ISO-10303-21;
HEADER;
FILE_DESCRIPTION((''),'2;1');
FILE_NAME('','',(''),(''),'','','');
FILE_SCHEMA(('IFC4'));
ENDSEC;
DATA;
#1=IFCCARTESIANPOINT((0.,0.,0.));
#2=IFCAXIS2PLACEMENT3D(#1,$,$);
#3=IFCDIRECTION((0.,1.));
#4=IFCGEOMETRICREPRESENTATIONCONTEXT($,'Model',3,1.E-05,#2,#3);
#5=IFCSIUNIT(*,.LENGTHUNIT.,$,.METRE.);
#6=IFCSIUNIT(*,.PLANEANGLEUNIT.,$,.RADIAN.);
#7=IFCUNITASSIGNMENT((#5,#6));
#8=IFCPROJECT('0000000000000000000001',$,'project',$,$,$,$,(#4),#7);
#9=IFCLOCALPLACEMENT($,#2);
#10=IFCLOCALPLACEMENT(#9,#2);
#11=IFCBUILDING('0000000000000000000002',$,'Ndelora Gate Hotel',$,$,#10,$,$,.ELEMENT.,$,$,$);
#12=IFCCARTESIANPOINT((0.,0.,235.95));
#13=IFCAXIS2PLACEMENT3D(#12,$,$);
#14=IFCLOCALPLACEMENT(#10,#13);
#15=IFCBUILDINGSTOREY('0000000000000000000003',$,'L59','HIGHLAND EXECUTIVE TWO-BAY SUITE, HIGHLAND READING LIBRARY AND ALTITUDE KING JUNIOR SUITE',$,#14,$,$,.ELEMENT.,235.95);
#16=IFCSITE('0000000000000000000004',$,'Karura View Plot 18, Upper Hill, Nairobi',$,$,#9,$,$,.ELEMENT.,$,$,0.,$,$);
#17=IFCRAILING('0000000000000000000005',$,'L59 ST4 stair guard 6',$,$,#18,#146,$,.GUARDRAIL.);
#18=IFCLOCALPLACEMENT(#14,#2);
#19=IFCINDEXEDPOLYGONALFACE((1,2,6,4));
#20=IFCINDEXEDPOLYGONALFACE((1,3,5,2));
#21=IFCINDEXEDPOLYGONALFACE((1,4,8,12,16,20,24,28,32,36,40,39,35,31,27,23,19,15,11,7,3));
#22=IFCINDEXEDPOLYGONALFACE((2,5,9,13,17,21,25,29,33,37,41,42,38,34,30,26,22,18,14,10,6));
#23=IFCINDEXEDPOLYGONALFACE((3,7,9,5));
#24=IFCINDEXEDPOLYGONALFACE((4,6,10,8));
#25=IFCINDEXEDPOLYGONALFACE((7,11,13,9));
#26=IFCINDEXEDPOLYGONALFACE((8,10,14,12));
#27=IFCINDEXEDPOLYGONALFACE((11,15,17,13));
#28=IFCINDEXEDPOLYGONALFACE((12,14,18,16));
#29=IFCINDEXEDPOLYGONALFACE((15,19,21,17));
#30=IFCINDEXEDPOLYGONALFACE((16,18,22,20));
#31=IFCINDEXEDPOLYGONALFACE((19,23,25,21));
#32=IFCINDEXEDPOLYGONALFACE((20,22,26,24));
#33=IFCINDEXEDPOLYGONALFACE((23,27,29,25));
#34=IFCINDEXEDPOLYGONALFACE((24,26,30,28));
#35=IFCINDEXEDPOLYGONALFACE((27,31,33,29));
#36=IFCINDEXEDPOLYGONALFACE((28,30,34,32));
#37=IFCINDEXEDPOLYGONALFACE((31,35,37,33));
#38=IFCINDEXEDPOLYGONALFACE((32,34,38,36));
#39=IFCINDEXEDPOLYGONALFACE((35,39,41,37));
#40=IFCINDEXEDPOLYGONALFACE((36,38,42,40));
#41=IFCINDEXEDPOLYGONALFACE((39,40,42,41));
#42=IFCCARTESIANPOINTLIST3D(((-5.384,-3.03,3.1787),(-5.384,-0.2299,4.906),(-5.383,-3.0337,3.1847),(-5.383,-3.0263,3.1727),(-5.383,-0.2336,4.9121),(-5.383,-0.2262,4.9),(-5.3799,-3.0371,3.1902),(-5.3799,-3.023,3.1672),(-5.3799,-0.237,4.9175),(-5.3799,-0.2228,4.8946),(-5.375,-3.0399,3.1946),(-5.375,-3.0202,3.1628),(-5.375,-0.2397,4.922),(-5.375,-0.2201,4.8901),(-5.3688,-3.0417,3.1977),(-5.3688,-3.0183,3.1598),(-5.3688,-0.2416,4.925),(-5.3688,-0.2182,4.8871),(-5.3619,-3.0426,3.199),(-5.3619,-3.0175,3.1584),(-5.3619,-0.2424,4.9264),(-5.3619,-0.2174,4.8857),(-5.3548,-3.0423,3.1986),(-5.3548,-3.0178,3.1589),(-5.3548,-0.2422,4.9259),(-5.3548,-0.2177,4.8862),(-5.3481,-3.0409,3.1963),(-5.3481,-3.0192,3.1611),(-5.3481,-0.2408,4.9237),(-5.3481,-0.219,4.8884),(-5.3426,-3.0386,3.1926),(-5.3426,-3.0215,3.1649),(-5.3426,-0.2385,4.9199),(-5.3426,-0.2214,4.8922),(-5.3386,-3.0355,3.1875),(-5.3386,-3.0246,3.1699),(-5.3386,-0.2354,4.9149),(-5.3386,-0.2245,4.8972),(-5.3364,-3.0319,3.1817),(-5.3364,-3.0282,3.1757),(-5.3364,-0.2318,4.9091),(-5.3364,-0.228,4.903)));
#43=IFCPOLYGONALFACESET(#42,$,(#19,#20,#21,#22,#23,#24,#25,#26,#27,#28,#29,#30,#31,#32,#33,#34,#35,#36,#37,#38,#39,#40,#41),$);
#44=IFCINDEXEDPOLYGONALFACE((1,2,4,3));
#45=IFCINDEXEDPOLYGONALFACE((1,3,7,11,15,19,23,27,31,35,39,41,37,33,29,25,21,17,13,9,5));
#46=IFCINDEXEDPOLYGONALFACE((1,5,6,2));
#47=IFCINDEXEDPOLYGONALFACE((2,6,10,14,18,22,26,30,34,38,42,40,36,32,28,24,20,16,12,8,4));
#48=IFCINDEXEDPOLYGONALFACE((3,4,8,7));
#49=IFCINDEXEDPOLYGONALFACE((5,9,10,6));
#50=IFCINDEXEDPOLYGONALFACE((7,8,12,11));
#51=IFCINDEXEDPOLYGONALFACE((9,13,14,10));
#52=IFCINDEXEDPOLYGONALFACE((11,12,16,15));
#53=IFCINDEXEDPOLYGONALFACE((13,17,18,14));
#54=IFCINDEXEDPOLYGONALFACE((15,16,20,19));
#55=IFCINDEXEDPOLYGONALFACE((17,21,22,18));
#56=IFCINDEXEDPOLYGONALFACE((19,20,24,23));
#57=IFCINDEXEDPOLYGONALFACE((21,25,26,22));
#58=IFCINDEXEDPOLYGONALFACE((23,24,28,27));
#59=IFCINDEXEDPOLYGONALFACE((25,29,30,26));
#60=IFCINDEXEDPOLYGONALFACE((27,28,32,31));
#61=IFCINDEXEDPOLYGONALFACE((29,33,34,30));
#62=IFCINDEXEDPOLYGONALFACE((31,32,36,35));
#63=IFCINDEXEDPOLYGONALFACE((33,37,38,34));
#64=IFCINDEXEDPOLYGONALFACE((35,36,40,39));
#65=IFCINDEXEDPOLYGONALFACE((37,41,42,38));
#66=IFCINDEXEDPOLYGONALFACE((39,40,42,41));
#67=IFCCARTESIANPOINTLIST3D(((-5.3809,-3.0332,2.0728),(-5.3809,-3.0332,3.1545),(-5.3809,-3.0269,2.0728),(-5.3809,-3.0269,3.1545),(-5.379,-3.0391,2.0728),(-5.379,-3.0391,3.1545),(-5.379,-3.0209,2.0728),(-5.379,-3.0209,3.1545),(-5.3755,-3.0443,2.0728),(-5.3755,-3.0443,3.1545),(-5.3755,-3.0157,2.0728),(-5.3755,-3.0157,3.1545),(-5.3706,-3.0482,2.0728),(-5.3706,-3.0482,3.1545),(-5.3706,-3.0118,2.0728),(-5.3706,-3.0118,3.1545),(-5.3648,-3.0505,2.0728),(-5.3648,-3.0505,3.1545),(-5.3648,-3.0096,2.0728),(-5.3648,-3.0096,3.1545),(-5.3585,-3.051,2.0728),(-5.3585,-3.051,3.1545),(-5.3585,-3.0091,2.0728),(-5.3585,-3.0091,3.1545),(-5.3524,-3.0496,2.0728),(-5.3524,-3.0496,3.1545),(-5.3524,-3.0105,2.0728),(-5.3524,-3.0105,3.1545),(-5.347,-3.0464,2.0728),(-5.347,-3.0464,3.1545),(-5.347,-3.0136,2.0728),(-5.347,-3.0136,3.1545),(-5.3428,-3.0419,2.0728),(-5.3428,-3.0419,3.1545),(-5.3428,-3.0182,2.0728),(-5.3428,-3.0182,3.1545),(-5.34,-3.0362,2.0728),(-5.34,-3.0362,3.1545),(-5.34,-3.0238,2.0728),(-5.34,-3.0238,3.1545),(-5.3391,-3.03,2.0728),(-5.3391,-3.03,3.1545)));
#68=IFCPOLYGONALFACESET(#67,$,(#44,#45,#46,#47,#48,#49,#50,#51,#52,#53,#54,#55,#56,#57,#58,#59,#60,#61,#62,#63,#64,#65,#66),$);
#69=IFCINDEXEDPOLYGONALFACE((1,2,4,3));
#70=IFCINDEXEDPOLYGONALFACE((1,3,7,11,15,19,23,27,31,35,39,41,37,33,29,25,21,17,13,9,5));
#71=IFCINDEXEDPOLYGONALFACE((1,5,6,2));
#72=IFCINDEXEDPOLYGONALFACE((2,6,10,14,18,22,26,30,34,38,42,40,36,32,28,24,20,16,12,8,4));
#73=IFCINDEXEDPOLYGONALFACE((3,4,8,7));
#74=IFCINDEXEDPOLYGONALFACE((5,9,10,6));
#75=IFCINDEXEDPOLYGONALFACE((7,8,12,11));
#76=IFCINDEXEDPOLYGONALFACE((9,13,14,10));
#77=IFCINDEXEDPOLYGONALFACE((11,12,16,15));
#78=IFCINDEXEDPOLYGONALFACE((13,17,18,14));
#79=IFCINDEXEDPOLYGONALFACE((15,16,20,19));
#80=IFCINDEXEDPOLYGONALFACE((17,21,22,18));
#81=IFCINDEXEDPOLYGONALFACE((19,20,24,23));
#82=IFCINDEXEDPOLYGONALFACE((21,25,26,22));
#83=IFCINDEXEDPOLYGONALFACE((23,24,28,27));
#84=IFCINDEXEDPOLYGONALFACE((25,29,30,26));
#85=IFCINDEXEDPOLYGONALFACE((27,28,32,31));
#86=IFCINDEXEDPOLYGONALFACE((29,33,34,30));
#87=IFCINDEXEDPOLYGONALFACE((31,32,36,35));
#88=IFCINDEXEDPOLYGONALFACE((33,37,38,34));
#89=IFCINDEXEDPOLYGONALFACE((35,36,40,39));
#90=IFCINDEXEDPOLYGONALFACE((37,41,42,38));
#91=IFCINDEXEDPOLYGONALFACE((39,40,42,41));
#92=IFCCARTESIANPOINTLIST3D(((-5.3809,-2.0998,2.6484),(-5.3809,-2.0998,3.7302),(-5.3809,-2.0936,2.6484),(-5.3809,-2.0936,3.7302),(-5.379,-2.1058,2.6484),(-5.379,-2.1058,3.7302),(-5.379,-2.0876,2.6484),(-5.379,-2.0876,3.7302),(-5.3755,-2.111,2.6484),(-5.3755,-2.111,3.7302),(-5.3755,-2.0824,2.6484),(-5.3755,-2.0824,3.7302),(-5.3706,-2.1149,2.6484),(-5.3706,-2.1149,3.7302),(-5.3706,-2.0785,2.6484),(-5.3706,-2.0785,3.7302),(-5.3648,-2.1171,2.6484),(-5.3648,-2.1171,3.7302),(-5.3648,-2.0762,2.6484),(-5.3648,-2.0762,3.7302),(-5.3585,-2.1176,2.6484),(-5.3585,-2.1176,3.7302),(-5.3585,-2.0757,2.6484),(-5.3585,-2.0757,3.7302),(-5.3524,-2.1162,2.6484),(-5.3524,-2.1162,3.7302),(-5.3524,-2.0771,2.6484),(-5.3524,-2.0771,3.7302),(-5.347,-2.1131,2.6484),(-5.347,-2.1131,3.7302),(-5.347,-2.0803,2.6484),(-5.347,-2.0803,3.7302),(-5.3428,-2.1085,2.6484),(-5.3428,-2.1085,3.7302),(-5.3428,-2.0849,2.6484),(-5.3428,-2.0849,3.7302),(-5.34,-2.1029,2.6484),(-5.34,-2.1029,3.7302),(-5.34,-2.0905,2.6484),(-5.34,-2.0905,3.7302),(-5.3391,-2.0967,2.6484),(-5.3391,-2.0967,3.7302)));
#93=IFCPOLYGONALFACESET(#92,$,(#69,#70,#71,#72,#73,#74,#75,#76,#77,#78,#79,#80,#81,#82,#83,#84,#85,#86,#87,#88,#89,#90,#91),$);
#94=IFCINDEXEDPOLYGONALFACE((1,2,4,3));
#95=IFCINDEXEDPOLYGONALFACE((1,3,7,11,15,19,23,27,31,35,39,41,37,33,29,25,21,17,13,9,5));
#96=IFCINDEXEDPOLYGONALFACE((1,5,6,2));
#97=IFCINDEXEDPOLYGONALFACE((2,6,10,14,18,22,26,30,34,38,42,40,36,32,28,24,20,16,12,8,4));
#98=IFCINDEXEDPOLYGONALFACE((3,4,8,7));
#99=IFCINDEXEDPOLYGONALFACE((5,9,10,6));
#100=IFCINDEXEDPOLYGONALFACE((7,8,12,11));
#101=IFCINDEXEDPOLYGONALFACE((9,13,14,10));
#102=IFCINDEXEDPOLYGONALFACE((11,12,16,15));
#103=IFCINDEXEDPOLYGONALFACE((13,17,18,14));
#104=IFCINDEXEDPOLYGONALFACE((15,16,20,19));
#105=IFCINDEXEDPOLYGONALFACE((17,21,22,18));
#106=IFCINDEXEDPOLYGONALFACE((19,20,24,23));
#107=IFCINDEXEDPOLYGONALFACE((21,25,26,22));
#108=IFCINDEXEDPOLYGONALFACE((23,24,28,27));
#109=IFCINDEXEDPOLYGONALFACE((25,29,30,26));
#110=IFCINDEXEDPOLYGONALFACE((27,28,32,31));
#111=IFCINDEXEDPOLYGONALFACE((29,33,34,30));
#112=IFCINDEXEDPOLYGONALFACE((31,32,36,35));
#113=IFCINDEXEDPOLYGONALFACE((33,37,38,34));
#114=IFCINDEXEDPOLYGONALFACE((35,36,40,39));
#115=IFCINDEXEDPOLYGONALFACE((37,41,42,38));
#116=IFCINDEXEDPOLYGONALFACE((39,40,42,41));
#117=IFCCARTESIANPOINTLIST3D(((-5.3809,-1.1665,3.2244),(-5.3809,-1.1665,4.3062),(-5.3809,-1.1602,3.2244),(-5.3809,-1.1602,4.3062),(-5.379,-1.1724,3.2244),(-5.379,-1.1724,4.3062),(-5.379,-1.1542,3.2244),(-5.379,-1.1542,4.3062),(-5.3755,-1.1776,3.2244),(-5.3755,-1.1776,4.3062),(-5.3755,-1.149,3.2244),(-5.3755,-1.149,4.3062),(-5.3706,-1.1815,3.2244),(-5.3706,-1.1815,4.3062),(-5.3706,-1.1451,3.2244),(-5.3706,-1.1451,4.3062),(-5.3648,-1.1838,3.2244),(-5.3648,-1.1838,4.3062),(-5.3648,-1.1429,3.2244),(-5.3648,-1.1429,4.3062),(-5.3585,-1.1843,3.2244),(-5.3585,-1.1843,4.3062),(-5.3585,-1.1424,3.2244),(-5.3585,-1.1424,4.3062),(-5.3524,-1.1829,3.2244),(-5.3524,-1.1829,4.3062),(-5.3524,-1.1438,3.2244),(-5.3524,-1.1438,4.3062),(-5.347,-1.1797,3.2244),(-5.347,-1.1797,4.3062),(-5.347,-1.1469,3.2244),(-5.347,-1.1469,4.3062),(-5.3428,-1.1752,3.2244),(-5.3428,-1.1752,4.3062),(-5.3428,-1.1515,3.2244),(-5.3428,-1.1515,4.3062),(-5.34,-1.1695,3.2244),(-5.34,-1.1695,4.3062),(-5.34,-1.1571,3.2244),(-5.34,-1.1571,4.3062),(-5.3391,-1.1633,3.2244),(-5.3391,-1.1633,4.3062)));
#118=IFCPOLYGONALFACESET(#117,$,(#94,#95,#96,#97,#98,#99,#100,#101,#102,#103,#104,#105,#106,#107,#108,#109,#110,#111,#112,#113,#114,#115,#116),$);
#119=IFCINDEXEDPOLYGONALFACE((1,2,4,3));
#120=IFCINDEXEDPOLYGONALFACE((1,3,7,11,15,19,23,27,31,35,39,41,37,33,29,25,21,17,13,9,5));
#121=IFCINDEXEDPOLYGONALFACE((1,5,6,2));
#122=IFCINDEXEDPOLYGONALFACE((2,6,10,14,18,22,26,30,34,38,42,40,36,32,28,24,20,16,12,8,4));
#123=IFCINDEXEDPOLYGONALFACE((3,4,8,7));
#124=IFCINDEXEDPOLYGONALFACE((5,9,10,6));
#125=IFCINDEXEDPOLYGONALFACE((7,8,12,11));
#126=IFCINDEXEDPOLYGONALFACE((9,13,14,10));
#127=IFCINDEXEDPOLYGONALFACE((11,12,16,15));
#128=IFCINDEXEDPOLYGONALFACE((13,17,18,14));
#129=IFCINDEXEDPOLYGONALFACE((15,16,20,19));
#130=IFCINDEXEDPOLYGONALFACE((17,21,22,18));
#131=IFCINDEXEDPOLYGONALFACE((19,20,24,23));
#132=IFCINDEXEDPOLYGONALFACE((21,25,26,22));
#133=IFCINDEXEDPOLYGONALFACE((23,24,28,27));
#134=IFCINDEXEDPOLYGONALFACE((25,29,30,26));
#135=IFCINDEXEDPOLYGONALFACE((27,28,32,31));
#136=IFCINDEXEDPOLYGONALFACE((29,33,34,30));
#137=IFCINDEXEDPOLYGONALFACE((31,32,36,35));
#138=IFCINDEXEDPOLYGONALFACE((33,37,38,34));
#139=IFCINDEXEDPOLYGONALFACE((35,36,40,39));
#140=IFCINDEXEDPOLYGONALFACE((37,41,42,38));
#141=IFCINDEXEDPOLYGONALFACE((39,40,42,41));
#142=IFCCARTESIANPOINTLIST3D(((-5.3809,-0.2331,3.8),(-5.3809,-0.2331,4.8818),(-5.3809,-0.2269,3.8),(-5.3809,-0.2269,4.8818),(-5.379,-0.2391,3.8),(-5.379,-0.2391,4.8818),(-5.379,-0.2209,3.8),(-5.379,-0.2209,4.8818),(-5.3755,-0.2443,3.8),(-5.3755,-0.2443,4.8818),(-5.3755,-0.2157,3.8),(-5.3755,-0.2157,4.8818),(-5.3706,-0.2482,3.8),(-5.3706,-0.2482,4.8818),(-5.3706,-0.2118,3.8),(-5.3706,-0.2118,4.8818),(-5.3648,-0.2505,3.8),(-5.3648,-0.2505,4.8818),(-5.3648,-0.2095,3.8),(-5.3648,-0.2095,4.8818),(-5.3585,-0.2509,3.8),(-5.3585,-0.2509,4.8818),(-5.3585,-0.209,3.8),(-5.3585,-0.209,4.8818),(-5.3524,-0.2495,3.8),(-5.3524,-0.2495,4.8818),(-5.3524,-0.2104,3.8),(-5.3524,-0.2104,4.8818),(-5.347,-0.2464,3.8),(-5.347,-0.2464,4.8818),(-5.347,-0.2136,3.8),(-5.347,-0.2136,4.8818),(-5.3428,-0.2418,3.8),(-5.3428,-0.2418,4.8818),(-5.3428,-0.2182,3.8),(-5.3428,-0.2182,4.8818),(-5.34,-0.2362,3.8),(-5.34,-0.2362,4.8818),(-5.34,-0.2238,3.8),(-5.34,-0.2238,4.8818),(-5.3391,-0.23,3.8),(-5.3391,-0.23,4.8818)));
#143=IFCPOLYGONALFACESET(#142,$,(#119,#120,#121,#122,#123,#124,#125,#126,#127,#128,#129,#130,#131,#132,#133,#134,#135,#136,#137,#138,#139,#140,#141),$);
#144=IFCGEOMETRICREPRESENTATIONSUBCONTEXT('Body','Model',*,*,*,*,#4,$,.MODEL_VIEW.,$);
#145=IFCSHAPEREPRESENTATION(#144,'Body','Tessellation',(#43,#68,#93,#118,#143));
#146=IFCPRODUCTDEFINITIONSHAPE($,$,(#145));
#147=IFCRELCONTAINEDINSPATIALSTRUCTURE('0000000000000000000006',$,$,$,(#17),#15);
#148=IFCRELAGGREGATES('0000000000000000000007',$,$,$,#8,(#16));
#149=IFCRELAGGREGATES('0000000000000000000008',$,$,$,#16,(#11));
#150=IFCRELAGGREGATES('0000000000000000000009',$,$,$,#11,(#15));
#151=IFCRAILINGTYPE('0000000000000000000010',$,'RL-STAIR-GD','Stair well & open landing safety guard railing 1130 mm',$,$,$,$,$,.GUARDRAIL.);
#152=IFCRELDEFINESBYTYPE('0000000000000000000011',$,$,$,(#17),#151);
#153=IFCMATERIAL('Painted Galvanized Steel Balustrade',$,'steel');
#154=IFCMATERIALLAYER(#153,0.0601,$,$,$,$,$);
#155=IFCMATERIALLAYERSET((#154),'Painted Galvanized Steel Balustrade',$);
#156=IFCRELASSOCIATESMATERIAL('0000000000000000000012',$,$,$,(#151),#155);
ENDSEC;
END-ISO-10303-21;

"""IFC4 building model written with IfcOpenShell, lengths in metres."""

from ifc_helpers import new_model, si_unit, direction, frame, origin, origin_2d, place, context, subcontext, project, spatial, circle, extrude, material, layer, layer_set, type_object, element, save


model = new_model("IFC4")

# Units and contexts
model_context = context("Model", 3, precision=1e-05, world=origin(), true_north=direction((0.0, 1.0)))
body_context = subcontext(model_context, "Body", "Model", "MODEL_VIEW")
ifc_project = project(units=[si_unit("LENGTHUNIT", "METRE"), si_unit("PLANEANGLEUNIT", "RADIAN")], contexts=[model_context])

# Site, building, storey
site_placement = place(None, origin())
site = spatial("IfcSite", under=ifc_project, at=site_placement, Name="Karura View Plot 18, Upper Hill, Nairobi", CompositionType="ELEMENT", RefElevation=0.0)
building_placement = place(site_placement, origin())
building = spatial("IfcBuilding", under=site, at=building_placement, Name="Ndelora Gate Hotel", CompositionType="ELEMENT")
storey_placement = place(building_placement, frame((0.0, 0.0, 235.95)))
storey = spatial("IfcBuildingStorey", under=building, at=storey_placement, Name="L59", Description="HIGHLAND EXECUTIVE TWO-BAY SUITE, HIGHLAND READING LIBRARY AND ALTITUDE KING JUNIOR SUITE", CompositionType="ELEMENT", Elevation=235.95)

# Railing
ifc_material_1 = material(Name="Painted Galvanized Steel Balustrade", Category="steel")
ifc_layer_1 = layer(ifc_material_1, 0.0601)
ifc_layer_set_1 = layer_set([ifc_layer_1], Name="Painted Galvanized Steel Balustrade")
railing_type = type_object("IfcRailingType", Name="RL-STAIR-GD", Description="Stair well & open landing safety guard railing 1130 mm", PredefinedType="GUARDRAIL", material=ifc_layer_set_1)
railing_1_placement = place(storey_placement, frame((-5.3601, -3.03, 2.0728)))
element("IfcRailing", 1, at=railing_1_placement, inside=storey, type_object=railing_type, Name="L59 ST4 stair guard 6", PredefinedType="GUARDRAIL", context=body_context, shape_type="SweptSolid", body=[
    extrude(circle(Radius=0.0239, at=origin_2d()), frame((0.0, 0.0, 1.106), z_axis=(0.0, 0.85109, 0.52502), x_axis=(-1.0, 0.0, 0.0)), (0.0, 0.0, 1.0), 3.29),
    extrude(circle(Radius=0.021, at=origin_2d()), origin(), (0.0, 0.0, 1.0), 1.0818),
    extrude(circle(Radius=0.021, at=origin_2d()), frame((0.0, 0.9333, 0.5757)), (0.0, 0.0, 1.0), 1.0818),
    extrude(circle(Radius=0.021, at=origin_2d()), frame((0.0, 1.8667, 1.1516)), (0.0, 0.0, 1.0), 1.0818),
    extrude(circle(Radius=0.021, at=origin_2d()), frame((0.0, 2.8, 1.7273)), (0.0, 0.0, 1.0), 1.0818),
])

save(model, "model.ifc")
